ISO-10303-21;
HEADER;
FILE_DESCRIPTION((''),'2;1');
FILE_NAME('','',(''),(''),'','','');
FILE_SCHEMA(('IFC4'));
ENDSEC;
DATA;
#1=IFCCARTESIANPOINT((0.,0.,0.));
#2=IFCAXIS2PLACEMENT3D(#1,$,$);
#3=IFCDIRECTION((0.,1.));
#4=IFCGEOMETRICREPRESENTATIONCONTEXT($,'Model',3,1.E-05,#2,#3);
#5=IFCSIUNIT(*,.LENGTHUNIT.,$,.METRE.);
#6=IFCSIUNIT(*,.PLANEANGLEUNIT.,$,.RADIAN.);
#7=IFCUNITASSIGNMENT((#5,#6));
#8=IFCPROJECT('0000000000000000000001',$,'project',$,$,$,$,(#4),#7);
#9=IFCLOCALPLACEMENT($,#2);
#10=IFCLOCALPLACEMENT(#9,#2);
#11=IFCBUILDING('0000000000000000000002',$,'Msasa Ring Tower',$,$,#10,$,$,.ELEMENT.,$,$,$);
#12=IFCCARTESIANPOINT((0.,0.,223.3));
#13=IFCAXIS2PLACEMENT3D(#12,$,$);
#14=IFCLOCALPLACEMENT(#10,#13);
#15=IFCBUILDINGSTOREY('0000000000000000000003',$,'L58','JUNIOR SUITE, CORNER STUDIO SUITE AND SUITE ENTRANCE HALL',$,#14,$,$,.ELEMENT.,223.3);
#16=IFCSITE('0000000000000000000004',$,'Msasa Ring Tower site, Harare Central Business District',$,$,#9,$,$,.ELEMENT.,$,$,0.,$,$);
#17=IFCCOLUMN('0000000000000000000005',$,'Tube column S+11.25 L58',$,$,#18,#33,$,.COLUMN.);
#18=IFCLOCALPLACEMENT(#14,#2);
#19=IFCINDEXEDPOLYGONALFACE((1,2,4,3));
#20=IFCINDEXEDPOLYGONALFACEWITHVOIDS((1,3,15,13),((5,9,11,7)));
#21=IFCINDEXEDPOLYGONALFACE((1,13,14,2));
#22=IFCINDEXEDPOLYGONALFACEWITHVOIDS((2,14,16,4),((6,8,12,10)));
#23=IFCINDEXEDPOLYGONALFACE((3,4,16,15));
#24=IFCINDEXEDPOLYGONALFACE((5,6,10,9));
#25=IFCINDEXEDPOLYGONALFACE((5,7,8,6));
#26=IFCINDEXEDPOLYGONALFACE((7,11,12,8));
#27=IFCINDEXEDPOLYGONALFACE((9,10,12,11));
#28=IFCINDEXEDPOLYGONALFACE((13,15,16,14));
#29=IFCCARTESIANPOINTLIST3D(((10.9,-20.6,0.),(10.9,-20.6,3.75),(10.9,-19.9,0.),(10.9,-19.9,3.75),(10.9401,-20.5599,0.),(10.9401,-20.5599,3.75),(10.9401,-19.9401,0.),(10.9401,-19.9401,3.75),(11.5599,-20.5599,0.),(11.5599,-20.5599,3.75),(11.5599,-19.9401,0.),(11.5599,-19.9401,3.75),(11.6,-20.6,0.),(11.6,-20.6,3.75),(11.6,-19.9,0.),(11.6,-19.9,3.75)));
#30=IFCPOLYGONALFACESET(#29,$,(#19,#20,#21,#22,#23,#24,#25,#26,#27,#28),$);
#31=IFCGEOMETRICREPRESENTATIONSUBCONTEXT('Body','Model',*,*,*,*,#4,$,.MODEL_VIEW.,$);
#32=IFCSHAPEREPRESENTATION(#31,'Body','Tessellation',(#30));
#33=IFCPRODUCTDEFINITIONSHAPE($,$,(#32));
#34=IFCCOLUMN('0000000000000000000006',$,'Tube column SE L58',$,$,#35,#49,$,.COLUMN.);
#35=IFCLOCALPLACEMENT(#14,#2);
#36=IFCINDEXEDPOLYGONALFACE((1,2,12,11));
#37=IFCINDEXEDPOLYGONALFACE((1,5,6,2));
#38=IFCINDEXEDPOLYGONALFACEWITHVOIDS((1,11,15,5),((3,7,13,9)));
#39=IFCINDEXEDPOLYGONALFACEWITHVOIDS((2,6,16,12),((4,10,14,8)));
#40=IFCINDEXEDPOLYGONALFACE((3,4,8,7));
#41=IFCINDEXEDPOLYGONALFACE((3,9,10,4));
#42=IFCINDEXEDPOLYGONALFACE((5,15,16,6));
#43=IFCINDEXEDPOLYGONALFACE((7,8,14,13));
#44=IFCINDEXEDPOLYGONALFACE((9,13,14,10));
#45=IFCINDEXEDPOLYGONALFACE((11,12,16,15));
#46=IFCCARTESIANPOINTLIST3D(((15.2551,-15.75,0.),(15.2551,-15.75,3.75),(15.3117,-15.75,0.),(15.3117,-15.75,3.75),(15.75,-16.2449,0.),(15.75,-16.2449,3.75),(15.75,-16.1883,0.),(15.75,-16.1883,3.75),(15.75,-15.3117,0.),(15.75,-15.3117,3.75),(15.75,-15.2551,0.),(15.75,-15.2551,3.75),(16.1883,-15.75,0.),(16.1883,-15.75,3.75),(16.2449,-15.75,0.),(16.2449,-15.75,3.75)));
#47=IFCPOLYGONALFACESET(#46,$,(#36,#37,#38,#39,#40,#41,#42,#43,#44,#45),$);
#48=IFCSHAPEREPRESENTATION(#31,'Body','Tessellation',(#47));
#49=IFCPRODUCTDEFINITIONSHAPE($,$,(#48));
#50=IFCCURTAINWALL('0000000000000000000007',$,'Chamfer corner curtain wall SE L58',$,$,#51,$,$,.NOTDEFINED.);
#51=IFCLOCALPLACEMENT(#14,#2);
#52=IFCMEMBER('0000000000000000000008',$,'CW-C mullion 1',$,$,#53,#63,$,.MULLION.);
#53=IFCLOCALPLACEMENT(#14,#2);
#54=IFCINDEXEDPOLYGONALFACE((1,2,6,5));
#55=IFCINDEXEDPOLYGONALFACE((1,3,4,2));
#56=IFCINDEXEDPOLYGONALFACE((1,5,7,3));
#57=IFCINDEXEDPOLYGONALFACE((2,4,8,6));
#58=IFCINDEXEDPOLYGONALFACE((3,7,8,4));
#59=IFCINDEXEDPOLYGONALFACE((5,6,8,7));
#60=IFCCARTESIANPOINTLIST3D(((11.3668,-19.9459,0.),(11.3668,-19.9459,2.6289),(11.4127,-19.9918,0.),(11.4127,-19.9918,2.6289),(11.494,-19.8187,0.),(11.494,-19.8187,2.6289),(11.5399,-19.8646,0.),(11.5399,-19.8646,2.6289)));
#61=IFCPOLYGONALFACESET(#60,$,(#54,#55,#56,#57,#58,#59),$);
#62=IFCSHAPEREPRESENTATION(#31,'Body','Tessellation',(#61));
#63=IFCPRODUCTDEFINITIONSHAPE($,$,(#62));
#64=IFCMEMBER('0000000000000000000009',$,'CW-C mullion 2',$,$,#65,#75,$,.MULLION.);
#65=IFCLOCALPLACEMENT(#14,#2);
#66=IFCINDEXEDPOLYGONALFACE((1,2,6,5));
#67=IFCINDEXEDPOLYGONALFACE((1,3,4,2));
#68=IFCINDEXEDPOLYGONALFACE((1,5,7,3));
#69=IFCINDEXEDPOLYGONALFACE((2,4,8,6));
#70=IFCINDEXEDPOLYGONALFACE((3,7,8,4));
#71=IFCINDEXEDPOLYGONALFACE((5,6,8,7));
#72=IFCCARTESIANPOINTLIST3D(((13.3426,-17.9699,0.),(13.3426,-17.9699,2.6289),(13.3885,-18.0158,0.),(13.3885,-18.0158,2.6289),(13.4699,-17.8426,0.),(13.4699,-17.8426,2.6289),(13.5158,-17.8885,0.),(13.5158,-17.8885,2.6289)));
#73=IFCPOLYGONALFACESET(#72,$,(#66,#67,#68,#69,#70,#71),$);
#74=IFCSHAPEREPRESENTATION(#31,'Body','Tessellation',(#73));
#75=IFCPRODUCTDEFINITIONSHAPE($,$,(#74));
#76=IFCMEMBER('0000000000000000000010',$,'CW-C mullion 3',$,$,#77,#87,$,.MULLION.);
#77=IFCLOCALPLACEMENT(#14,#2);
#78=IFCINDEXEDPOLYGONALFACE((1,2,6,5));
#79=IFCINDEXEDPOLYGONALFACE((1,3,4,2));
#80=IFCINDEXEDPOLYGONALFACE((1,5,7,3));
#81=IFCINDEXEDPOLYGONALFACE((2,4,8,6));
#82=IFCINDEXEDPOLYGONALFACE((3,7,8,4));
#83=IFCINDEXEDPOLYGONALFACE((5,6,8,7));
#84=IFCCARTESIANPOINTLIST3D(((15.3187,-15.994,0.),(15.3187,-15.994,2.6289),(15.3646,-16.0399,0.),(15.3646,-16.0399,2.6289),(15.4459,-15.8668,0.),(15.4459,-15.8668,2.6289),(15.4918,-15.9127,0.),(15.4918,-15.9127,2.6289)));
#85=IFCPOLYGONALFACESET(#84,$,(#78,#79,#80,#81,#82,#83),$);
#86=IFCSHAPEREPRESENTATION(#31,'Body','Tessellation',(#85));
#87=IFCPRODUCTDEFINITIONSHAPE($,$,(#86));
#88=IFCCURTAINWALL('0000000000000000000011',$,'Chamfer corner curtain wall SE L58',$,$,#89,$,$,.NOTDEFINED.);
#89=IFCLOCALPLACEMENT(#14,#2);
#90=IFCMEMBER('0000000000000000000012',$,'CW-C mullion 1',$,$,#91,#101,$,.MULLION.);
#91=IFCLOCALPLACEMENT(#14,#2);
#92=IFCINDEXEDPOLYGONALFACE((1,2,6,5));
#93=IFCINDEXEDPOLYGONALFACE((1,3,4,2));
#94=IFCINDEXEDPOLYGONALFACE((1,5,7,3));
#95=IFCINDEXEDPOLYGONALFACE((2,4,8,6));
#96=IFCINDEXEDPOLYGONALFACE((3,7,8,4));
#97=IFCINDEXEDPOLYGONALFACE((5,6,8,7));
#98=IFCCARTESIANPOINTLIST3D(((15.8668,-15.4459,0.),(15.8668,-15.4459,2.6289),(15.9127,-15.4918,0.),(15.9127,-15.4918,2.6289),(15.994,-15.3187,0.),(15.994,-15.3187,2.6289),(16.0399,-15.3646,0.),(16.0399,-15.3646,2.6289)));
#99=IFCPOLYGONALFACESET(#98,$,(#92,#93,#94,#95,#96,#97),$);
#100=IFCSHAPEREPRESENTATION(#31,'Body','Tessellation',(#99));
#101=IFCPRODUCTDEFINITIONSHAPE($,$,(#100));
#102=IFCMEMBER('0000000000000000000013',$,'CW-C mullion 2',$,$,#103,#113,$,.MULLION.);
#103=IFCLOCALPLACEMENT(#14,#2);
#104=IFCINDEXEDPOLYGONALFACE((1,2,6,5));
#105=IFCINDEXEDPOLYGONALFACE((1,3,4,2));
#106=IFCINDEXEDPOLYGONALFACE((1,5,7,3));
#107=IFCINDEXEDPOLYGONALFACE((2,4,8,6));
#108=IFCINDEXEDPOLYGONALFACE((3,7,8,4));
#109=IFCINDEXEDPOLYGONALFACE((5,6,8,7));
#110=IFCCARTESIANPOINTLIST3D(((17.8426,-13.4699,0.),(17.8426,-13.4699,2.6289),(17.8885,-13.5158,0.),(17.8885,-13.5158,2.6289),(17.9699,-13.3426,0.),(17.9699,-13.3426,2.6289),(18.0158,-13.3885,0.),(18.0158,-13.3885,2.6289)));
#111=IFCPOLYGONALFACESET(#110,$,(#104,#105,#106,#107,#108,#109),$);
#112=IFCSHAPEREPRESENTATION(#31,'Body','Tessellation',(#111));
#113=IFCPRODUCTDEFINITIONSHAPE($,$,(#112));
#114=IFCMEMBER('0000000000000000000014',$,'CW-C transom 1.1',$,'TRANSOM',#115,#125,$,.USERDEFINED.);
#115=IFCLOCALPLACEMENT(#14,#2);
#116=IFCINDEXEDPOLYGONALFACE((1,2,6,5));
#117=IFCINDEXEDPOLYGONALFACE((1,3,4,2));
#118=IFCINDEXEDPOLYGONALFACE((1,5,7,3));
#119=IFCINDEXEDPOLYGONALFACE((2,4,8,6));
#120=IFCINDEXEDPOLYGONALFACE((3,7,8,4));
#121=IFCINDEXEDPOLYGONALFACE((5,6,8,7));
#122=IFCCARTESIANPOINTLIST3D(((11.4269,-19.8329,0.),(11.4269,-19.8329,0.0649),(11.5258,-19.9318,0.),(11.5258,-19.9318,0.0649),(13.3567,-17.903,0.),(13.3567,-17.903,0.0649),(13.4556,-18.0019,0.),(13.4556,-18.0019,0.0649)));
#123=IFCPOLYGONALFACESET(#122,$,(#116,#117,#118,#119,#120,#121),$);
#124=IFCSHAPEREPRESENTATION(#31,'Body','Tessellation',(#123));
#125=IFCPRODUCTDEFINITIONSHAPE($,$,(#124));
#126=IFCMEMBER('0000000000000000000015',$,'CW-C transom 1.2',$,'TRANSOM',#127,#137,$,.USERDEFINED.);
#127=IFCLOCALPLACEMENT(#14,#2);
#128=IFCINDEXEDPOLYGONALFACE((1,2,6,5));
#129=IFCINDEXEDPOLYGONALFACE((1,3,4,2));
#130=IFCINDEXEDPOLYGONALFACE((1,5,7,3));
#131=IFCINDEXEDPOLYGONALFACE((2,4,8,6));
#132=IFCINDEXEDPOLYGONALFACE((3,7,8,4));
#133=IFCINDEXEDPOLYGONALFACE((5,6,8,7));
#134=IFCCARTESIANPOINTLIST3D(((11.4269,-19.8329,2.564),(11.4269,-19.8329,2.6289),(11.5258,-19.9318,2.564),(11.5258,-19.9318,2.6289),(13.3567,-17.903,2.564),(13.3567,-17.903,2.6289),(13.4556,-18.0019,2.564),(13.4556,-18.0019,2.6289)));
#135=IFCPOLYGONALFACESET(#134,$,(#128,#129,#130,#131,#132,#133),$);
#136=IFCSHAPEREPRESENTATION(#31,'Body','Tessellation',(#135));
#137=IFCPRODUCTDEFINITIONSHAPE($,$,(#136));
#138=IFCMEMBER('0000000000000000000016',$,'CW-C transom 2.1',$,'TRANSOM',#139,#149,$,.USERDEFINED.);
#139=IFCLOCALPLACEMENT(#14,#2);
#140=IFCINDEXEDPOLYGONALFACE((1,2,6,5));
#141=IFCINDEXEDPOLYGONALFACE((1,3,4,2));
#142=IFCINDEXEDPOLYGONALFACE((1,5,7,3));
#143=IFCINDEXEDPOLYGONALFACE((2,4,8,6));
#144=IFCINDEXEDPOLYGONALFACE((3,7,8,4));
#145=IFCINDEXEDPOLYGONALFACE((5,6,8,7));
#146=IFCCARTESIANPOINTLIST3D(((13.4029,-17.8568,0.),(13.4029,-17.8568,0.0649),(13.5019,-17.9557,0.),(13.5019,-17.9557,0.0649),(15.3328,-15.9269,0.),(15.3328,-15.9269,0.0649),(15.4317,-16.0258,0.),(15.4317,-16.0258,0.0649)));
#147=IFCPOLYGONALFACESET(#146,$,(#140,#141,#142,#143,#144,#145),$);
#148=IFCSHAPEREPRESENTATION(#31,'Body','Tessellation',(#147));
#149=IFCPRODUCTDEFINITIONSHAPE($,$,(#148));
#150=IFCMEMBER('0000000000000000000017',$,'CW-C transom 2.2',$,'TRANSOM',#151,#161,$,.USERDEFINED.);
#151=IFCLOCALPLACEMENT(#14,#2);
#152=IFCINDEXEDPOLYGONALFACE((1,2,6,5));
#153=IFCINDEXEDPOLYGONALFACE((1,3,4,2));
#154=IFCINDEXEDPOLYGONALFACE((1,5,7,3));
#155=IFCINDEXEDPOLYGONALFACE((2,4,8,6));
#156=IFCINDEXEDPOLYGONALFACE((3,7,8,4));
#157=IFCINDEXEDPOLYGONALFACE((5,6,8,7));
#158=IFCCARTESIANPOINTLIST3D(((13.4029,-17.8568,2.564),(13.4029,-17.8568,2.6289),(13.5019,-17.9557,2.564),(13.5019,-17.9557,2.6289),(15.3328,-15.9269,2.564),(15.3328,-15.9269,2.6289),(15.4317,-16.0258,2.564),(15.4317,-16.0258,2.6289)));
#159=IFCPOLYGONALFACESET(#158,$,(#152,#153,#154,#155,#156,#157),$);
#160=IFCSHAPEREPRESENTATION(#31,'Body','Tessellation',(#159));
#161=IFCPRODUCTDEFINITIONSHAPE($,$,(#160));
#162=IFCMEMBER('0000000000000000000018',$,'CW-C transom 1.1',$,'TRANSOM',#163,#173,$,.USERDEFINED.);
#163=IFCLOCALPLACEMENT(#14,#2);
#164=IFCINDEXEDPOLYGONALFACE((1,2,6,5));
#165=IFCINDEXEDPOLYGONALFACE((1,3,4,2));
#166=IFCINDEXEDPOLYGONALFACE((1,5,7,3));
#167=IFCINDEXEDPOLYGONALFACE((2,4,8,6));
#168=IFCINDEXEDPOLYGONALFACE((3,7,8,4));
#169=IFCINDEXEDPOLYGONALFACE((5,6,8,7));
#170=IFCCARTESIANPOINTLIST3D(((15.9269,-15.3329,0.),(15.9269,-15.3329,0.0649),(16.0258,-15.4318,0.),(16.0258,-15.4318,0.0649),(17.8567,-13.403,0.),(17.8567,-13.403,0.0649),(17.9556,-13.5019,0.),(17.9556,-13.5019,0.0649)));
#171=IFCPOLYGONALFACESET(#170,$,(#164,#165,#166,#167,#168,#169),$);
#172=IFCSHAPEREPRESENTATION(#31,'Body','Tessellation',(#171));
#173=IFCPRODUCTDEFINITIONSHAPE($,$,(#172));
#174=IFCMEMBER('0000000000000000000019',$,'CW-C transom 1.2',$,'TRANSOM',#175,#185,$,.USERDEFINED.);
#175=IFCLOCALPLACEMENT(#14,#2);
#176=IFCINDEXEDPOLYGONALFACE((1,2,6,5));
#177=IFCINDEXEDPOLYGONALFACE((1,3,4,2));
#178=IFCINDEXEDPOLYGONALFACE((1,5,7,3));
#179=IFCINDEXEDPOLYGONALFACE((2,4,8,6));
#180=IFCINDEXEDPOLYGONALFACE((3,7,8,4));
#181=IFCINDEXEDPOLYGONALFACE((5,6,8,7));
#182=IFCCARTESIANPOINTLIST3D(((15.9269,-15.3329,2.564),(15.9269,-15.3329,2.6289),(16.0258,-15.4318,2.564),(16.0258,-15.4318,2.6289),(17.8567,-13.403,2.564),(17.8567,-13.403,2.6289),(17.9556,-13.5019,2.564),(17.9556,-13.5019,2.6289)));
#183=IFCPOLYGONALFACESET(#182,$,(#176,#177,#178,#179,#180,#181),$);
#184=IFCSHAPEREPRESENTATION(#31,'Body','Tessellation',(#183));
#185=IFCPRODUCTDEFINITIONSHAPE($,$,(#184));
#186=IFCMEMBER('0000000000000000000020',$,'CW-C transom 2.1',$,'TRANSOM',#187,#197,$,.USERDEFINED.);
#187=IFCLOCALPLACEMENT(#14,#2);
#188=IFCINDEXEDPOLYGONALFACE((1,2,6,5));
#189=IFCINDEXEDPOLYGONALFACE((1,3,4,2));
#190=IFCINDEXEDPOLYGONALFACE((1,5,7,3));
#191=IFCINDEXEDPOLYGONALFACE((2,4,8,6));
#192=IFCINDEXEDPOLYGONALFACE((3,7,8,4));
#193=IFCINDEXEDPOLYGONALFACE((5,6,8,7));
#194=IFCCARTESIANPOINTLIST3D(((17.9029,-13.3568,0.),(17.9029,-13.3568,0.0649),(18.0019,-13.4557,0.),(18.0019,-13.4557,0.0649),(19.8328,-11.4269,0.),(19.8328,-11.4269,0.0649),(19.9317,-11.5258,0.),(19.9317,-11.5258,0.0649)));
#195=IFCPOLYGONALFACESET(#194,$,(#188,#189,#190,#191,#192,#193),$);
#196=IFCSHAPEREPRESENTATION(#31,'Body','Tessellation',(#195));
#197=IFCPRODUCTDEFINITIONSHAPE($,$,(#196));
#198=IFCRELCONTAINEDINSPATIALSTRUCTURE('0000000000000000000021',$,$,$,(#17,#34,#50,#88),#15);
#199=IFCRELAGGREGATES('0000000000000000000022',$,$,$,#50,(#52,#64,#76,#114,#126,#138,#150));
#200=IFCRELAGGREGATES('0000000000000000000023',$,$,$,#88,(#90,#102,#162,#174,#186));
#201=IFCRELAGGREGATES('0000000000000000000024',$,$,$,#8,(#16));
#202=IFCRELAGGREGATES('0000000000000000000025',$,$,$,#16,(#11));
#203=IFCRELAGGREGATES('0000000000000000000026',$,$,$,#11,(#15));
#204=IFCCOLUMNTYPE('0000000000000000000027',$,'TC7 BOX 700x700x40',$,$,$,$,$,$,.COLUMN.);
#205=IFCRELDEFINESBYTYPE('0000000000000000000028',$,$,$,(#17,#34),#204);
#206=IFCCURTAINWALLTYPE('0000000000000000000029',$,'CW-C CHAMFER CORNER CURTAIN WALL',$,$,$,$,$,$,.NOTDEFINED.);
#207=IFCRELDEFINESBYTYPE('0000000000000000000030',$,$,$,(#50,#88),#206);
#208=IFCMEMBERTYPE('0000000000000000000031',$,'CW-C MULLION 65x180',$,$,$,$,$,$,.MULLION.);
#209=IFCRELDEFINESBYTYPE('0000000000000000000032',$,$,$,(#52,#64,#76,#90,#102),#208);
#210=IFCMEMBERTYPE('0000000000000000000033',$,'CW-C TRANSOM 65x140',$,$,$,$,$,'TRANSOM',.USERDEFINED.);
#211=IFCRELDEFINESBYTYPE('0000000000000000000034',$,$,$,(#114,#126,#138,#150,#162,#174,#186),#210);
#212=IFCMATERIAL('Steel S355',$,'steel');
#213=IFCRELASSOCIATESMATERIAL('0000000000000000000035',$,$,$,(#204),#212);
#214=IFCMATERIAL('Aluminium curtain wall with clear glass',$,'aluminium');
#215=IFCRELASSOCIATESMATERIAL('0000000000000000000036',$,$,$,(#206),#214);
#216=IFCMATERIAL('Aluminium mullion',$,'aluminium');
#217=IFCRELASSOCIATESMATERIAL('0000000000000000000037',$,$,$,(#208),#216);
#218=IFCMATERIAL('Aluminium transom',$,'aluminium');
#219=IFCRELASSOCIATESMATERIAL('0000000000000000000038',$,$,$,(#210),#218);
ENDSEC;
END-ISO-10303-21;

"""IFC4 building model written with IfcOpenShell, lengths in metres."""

from ifc_helpers import new_model, si_unit, direction, frame, origin, origin_2d, place, context, subcontext, project, spatial, rectangle, hollow_rectangle, extrude, material, material_profile, profile_set, type_object, element, aggregate, save


model = new_model("IFC4")

# Units and contexts
model_context = context("Model", 3, precision=1e-05, world=origin(), true_north=direction((0.0, 1.0)))
body_context = subcontext(model_context, "Body", "Model", "MODEL_VIEW")
ifc_project = project(units=[si_unit("LENGTHUNIT", "METRE"), si_unit("PLANEANGLEUNIT", "RADIAN")], contexts=[model_context])

# Site, building, storey
site_placement = place(None, origin())
site = spatial("IfcSite", under=ifc_project, at=site_placement, Name="Msasa Ring Tower site, Harare Central Business District", CompositionType="ELEMENT", RefElevation=0.0)
building_placement = place(site_placement, origin())
building = spatial("IfcBuilding", under=site, at=building_placement, Name="Msasa Ring Tower", CompositionType="ELEMENT")
storey_placement = place(building_placement, frame((0.0, 0.0, 223.3)))
storey = spatial("IfcBuildingStorey", under=building, at=storey_placement, Name="L58", Description="JUNIOR SUITE, CORNER STUDIO SUITE AND SUITE ENTRANCE HALL", CompositionType="ELEMENT", Elevation=223.3)

# Columns
ifc_material_1 = material(Name="Steel S355", Category="steel")
ifc_material_profile_1 = material_profile(ifc_material_1, hollow_rectangle(XDim=0.7, YDim=0.7, WallThickness=0.04, at=origin_2d()), Name="BOX 700x700x40")
ifc_profile_set_1 = profile_set([ifc_material_profile_1], Name="Steel S355")
column_type = type_object("IfcColumnType", Name="TC7 BOX 700x700x40", PredefinedType="COLUMN", material=ifc_profile_set_1)
for number, where, z_axis, x_axis, name in (
    (1, (11.25, -20.25, 0.0), (0.0, 0.0, 1.0), (0.0, 1.0, 0.0), "Tube column S+11.25 L58"),
    (2, (15.75, -15.75, 0.0), (0.0, 0.0, 1.0), (0.707107, -0.707107, 0.0), "Tube column SE L58"),
):
    element("IfcColumn", number, at=place(storey_placement, frame(where, z_axis=z_axis, x_axis=x_axis)), inside=storey, type_object=column_type, Name=name, PredefinedType="COLUMN", context=body_context, shape_type="SweptSolid", body=[
        extrude(hollow_rectangle(XDim=0.7, YDim=0.7, WallThickness=0.04, at=origin_2d()), origin(), (0.0, 0.0, 1.0), 3.75),
    ])

# Curtain walls, members
ifc_material_2 = material(Name="Aluminium curtain wall with clear glass", Category="aluminium")
curtain_wall_type = type_object("IfcCurtainWallType", Name="CW-C CHAMFER CORNER CURTAIN WALL", PredefinedType="NOTDEFINED", material=ifc_material_2)
curtain_wall_1_placement = place(storey_placement, origin())
curtain_wall_1 = element("IfcCurtainWall", 3, at=curtain_wall_1_placement, inside=storey, type_object=curtain_wall_type, Name="Chamfer corner curtain wall SE L58", PredefinedType="NOTDEFINED")
ifc_material_3 = material(Name="Aluminium mullion", Category="aluminium")
ifc_material_profile_2 = material_profile(ifc_material_3, rectangle(XDim=0.0649, YDim=0.1799, at=origin_2d()), Name="AL 65x180")
ifc_profile_set_2 = profile_set([ifc_material_profile_2], Name="Aluminium mullion")
member_type_1 = type_object("IfcMemberType", Name="CW-C MULLION 65x180", PredefinedType="MULLION", material=ifc_profile_set_2)
member_1_placement = place(storey_placement, frame((11.4534, -19.9053, 0.0), z_axis=(0.0, 0.0, 1.0), x_axis=(-0.707107, 0.707107, 0.0)))
member_1 = element("IfcMember", 4, at=member_1_placement, type_object=member_type_1, Name="CW-C mullion 1", PredefinedType="MULLION", context=body_context, shape_type="SweptSolid", body=[
    extrude(rectangle(XDim=0.0649, YDim=0.1799, at=origin_2d()), origin(), (0.0, 0.0, 1.0), 2.6289),
])
member_2_placement = place(storey_placement, frame((13.4292, -17.9292, 0.0), z_axis=(0.0, 0.0, 1.0), x_axis=(-0.707107, 0.707107, 0.0)))
member_2 = element("IfcMember", 5, at=member_2_placement, type_object=member_type_1, Name="CW-C mullion 2", PredefinedType="MULLION", context=body_context, shape_type="SweptSolid", body=[
    extrude(rectangle(XDim=0.0649, YDim=0.1799, at=origin_2d()), origin(), (0.0, 0.0, 1.0), 2.6289),
])
member_3_placement = place(storey_placement, frame((15.4053, -15.9534, 0.0), z_axis=(0.0, 0.0, 1.0), x_axis=(-0.707107, 0.707107, 0.0)))
member_3 = element("IfcMember", 6, at=member_3_placement, type_object=member_type_1, Name="CW-C mullion 3", PredefinedType="MULLION", context=body_context, shape_type="SweptSolid", body=[
    extrude(rectangle(XDim=0.0649, YDim=0.1799, at=origin_2d()), origin(), (0.0, 0.0, 1.0), 2.6289),
])
curtain_wall_2_placement = place(storey_placement, origin())
curtain_wall_2 = element("IfcCurtainWall", 7, at=curtain_wall_2_placement, inside=storey, type_object=curtain_wall_type, Name="Chamfer corner curtain wall SE L58", PredefinedType="NOTDEFINED")
member_4_placement = place(storey_placement, frame((15.9534, -15.4053, 0.0), z_axis=(0.0, 0.0, 1.0), x_axis=(-0.707107, 0.707107, 0.0)))
member_4 = element("IfcMember", 8, at=member_4_placement, type_object=member_type_1, Name="CW-C mullion 1", PredefinedType="MULLION", context=body_context, shape_type="SweptSolid", body=[
    extrude(rectangle(XDim=0.0649, YDim=0.1799, at=origin_2d()), origin(), (0.0, 0.0, 1.0), 2.6289),
])
member_5_placement = place(storey_placement, frame((17.9292, -13.4292, 0.0), z_axis=(0.0, 0.0, 1.0), x_axis=(-0.707107, 0.707107, 0.0)))
member_5 = element("IfcMember", 9, at=member_5_placement, type_object=member_type_1, Name="CW-C mullion 2", PredefinedType="MULLION", context=body_context, shape_type="SweptSolid", body=[
    extrude(rectangle(XDim=0.0649, YDim=0.1799, at=origin_2d()), origin(), (0.0, 0.0, 1.0), 2.6289),
])

# Members
ifc_material_4 = material(Name="Aluminium transom", Category="aluminium")
ifc_material_profile_3 = material_profile(ifc_material_4, rectangle(XDim=0.1399, YDim=0.0649, at=origin_2d()), Name="AL 65x140")
ifc_profile_set_3 = profile_set([ifc_material_profile_3], Name="Aluminium transom")
member_type_2 = type_object("IfcMemberType", Name="CW-C TRANSOM 65x140", ElementType="TRANSOM", PredefinedType="USERDEFINED", material=ifc_profile_set_3)
member_6_placement = place(storey_placement, frame((11.4763, -19.8823, 0.0325), z_axis=(0.707107, 0.707107, 0.0), x_axis=(-0.707107, 0.707107, 0.0)))
member_6 = element("IfcMember", 10, at=member_6_placement, type_object=member_type_2, Name="CW-C transom 1.1", ObjectType="TRANSOM", PredefinedType="USERDEFINED", context=body_context, shape_type="SweptSolid", body=[
    extrude(rectangle(XDim=0.1399, YDim=0.0649, at=origin_2d()), origin(), (0.0, 0.0, 1.0), 2.7292),
])
member_7_placement = place(storey_placement, frame((11.4763, -19.8823, 2.5964), z_axis=(0.707107, 0.707107, 0.0), x_axis=(-0.707107, 0.707107, 0.0)))
member_7 = element("IfcMember", 11, at=member_7_placement, type_object=member_type_2, Name="CW-C transom 1.2", ObjectType="TRANSOM", PredefinedType="USERDEFINED", context=body_context, shape_type="SweptSolid", body=[
    extrude(rectangle(XDim=0.1399, YDim=0.0649, at=origin_2d()), origin(), (0.0, 0.0, 1.0), 2.7292),
])
member_8_placement = place(storey_placement, frame((13.4524, -17.9062, 0.0325), z_axis=(0.707107, 0.707107, 0.0), x_axis=(-0.707107, 0.707107, 0.0)))
member_8 = element("IfcMember", 12, at=member_8_placement, type_object=member_type_2, Name="CW-C transom 2.1", ObjectType="TRANSOM", PredefinedType="USERDEFINED", context=body_context, shape_type="SweptSolid", body=[
    extrude(rectangle(XDim=0.1399, YDim=0.0649, at=origin_2d()), origin(), (0.0, 0.0, 1.0), 2.7292),
])
member_9_placement = place(storey_placement, frame((13.4524, -17.9062, 2.5964), z_axis=(0.707107, 0.707107, 0.0), x_axis=(-0.707107, 0.707107, 0.0)))
member_9 = element("IfcMember", 13, at=member_9_placement, type_object=member_type_2, Name="CW-C transom 2.2", ObjectType="TRANSOM", PredefinedType="USERDEFINED", context=body_context, shape_type="SweptSolid", body=[
    extrude(rectangle(XDim=0.1399, YDim=0.0649, at=origin_2d()), origin(), (0.0, 0.0, 1.0), 2.7292),
])
member_10_placement = place(storey_placement, frame((15.9763, -15.3823, 0.0325), z_axis=(0.707107, 0.707107, 0.0), x_axis=(-0.707107, 0.707107, 0.0)))
member_10 = element("IfcMember", 14, at=member_10_placement, type_object=member_type_2, Name="CW-C transom 1.1", ObjectType="TRANSOM", PredefinedType="USERDEFINED", context=body_context, shape_type="SweptSolid", body=[
    extrude(rectangle(XDim=0.1399, YDim=0.0649, at=origin_2d()), origin(), (0.0, 0.0, 1.0), 2.7292),
])
member_11_placement = place(storey_placement, frame((15.9763, -15.3823, 2.5964), z_axis=(0.707107, 0.707107, 0.0), x_axis=(-0.707107, 0.707107, 0.0)))
member_11 = element("IfcMember", 15, at=member_11_placement, type_object=member_type_2, Name="CW-C transom 1.2", ObjectType="TRANSOM", PredefinedType="USERDEFINED", context=body_context, shape_type="SweptSolid", body=[
    extrude(rectangle(XDim=0.1399, YDim=0.0649, at=origin_2d()), origin(), (0.0, 0.0, 1.0), 2.7292),
])
member_12_placement = place(storey_placement, frame((17.9524, -13.4062, 0.0325), z_axis=(0.707107, 0.707107, 0.0), x_axis=(-0.707107, 0.707107, 0.0)))
member_12 = element("IfcMember", 16, at=member_12_placement, type_object=member_type_2, Name="CW-C transom 2.1", ObjectType="TRANSOM", PredefinedType="USERDEFINED", context=body_context, shape_type="SweptSolid", body=[
    extrude(rectangle(XDim=0.1399, YDim=0.0649, at=origin_2d()), origin(), (0.0, 0.0, 1.0), 2.7292),
])

aggregate(curtain_wall_1, [member_1, member_2, member_3, member_6, member_7, member_8, member_9])
aggregate(curtain_wall_2, [member_4, member_5, member_10, member_11, member_12])

save(model, "model.ifc")
